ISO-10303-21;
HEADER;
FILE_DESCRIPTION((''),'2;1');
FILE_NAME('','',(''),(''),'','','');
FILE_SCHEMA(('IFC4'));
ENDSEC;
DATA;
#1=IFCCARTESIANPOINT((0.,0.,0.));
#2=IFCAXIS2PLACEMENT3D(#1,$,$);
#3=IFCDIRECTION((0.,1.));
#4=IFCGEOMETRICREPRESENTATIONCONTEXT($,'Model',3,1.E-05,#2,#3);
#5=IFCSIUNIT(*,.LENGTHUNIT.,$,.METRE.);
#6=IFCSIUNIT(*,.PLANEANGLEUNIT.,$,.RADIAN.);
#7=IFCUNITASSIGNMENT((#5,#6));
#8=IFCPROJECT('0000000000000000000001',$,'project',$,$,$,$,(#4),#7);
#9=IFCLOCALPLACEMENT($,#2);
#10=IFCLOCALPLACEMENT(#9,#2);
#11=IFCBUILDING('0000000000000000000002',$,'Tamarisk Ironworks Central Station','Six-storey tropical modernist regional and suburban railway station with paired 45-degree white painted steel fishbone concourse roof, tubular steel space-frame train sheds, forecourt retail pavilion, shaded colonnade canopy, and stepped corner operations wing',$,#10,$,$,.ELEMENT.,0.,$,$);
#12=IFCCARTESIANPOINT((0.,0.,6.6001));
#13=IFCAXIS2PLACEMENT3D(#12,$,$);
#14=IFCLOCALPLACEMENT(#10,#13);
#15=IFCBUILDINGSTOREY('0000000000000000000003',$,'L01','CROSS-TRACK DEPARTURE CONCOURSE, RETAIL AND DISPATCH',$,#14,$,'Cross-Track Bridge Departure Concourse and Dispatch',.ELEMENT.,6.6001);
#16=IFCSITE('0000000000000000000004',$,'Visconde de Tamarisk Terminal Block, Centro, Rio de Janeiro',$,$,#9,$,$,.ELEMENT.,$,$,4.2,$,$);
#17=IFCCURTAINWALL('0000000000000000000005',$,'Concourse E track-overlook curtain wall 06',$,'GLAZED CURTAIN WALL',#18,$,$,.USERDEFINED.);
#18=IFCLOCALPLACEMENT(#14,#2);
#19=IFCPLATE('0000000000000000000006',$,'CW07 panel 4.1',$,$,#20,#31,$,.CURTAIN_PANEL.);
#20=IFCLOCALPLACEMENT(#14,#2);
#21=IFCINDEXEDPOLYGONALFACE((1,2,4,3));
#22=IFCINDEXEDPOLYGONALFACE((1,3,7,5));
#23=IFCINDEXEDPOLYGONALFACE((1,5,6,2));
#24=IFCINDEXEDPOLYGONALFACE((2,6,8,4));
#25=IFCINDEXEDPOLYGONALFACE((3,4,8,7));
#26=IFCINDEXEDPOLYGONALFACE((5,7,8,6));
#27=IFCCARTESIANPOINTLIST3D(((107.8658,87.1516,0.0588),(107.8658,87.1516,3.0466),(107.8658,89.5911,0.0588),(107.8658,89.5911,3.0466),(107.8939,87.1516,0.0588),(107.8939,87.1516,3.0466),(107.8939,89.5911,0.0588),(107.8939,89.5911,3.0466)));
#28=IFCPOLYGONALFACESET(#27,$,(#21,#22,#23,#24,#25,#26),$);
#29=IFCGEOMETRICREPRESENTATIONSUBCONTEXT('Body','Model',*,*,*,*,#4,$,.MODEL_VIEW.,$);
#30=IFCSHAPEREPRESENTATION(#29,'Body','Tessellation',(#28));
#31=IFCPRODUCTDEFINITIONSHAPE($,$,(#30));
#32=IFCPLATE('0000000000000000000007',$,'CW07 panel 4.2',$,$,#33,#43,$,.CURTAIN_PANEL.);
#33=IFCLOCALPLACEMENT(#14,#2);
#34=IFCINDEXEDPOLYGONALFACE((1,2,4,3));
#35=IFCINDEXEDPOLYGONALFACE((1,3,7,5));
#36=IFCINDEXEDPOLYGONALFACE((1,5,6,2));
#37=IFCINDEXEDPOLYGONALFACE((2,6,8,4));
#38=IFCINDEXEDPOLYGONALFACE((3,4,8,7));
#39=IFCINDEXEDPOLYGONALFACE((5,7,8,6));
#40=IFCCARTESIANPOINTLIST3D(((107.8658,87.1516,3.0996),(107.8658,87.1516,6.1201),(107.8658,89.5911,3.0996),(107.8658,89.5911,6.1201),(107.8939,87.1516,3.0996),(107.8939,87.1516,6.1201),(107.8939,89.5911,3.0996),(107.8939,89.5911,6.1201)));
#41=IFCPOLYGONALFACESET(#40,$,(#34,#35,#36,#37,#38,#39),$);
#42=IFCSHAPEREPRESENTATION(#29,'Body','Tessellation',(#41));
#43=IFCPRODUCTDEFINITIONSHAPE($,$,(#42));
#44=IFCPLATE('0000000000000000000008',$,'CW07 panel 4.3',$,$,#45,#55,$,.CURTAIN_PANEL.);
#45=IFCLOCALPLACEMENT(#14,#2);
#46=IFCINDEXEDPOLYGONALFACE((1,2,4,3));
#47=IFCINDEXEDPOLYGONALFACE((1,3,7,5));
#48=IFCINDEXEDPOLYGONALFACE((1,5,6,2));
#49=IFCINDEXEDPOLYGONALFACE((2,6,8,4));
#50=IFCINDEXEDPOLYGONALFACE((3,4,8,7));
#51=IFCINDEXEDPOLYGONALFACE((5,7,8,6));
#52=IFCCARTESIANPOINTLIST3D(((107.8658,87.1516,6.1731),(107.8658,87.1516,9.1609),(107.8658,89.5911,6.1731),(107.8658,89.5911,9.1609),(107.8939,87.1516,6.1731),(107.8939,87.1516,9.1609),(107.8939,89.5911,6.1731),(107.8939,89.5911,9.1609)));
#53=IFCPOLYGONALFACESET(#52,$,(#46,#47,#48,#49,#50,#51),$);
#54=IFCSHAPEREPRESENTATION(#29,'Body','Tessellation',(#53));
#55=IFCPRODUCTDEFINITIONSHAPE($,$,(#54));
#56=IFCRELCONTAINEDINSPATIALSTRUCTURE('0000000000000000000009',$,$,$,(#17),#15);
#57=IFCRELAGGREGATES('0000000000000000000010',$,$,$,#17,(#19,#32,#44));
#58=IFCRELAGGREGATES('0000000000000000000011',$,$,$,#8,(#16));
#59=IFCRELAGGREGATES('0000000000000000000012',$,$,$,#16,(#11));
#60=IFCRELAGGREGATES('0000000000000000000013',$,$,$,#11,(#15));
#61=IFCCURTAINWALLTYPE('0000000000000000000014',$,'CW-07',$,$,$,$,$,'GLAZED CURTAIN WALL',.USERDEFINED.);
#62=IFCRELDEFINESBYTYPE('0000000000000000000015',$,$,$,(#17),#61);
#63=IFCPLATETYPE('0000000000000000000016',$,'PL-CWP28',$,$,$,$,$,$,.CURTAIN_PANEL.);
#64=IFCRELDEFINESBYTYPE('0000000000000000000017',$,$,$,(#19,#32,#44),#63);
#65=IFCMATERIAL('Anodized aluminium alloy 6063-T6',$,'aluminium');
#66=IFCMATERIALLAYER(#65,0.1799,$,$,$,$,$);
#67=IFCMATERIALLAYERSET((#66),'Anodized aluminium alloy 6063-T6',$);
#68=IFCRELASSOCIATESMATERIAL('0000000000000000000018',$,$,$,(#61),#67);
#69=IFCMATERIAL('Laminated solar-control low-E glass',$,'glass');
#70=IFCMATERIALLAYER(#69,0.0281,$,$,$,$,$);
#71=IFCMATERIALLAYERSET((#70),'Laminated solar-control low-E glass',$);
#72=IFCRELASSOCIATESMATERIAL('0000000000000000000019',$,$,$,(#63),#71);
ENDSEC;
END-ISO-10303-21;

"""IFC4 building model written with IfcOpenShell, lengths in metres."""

from ifc_helpers import new_model, si_unit, direction, frame, origin, origin_2d, place, context, subcontext, project, spatial, rectangle, extrude, material, layer, layer_set, type_object, element, aggregate, save


model = new_model("IFC4")

# Units and contexts
model_context = context("Model", 3, precision=1e-05, world=origin(), true_north=direction((0.0, 1.0)))
body_context = subcontext(model_context, "Body", "Model", "MODEL_VIEW")
ifc_project = project(units=[si_unit("LENGTHUNIT", "METRE"), si_unit("PLANEANGLEUNIT", "RADIAN")], contexts=[model_context])

# Site, building, storey
site_placement = place(None, origin())
site = spatial("IfcSite", under=ifc_project, at=site_placement, Name="Visconde de Tamarisk Terminal Block, Centro, Rio de Janeiro", CompositionType="ELEMENT", RefElevation=4.2)
building_placement = place(site_placement, origin())
building = spatial("IfcBuilding", under=site, at=building_placement, Name="Tamarisk Ironworks Central Station", Description="Six-storey tropical modernist regional and suburban railway station with paired 45-degree white painted steel fishbone concourse roof, tubular steel space-frame train sheds, forecourt retail pavilion, shaded colonnade canopy, and stepped corner operations wing", CompositionType="ELEMENT", ElevationOfRefHeight=0.0)
storey_placement = place(building_placement, frame((0.0, 0.0, 6.6001)))
storey = spatial("IfcBuildingStorey", under=building, at=storey_placement, Name="L01", Description="CROSS-TRACK DEPARTURE CONCOURSE, RETAIL AND DISPATCH", LongName="Cross-Track Bridge Departure Concourse and Dispatch", CompositionType="ELEMENT", Elevation=6.6001)

# Curtain wall
ifc_material_1 = material(Name="Anodized aluminium alloy 6063-T6", Category="aluminium")
ifc_layer_1 = layer(ifc_material_1, 0.1799)
ifc_layer_set_1 = layer_set([ifc_layer_1], Name="Anodized aluminium alloy 6063-T6")
curtain_wall_type_1 = type_object("IfcCurtainWallType", Name="CW-07", ElementType="GLAZED CURTAIN WALL", PredefinedType="USERDEFINED", material=ifc_layer_set_1)
curtain_wall_1_placement = place(storey_placement, origin())
curtain_wall_1 = element("IfcCurtainWall", 1, at=curtain_wall_1_placement, inside=storey, type_object=curtain_wall_type_1, Name="Concourse E track-overlook curtain wall 06", ObjectType="GLAZED CURTAIN WALL", PredefinedType="USERDEFINED")

# Plates
ifc_material_2 = material(Name="Laminated solar-control low-E glass", Category="glass")
ifc_layer_2 = layer(ifc_material_2, 0.0281)
ifc_layer_set_2 = layer_set([ifc_layer_2], Name="Laminated solar-control low-E glass")
plate_type_1 = type_object("IfcPlateType", Name="PL-CWP28", PredefinedType="CURTAIN_PANEL", material=ifc_layer_set_2)
plate_1_placement = place(storey_placement, frame((107.8799, 88.3713, 0.0588), z_axis=(0.0, 0.0, 1.0), x_axis=(0.0, 1.0, 0.0)))
plate_1 = element("IfcPlate", 2, at=plate_1_placement, type_object=plate_type_1, Name="CW07 panel 4.1", PredefinedType="CURTAIN_PANEL", context=body_context, shape_type="SweptSolid", body=[
    extrude(rectangle(XDim=2.4395, YDim=0.0281, at=origin_2d()), origin(), (0.0, 0.0, 1.0), 2.9878),
])
plate_2_placement = place(storey_placement, frame((107.8799, 88.3713, 3.0996), z_axis=(0.0, 0.0, 1.0), x_axis=(0.0, 1.0, 0.0)))
plate_2 = element("IfcPlate", 3, at=plate_2_placement, type_object=plate_type_1, Name="CW07 panel 4.2", PredefinedType="CURTAIN_PANEL", context=body_context, shape_type="SweptSolid", body=[
    extrude(rectangle(XDim=2.4395, YDim=0.0281, at=origin_2d()), origin(), (0.0, 0.0, 1.0), 3.0205),
])
plate_3_placement = place(storey_placement, frame((107.8799, 88.3713, 6.1731), z_axis=(0.0, 0.0, 1.0), x_axis=(0.0, 1.0, 0.0)))
plate_3 = element("IfcPlate", 4, at=plate_3_placement, type_object=plate_type_1, Name="CW07 panel 4.3", PredefinedType="CURTAIN_PANEL", context=body_context, shape_type="SweptSolid", body=[
    extrude(rectangle(XDim=2.4395, YDim=0.0281, at=origin_2d()), origin(), (0.0, 0.0, 1.0), 2.9878),
])
aggregate(curtain_wall_1, [plate_1, plate_2, plate_3])

save(model, "model.ifc")
